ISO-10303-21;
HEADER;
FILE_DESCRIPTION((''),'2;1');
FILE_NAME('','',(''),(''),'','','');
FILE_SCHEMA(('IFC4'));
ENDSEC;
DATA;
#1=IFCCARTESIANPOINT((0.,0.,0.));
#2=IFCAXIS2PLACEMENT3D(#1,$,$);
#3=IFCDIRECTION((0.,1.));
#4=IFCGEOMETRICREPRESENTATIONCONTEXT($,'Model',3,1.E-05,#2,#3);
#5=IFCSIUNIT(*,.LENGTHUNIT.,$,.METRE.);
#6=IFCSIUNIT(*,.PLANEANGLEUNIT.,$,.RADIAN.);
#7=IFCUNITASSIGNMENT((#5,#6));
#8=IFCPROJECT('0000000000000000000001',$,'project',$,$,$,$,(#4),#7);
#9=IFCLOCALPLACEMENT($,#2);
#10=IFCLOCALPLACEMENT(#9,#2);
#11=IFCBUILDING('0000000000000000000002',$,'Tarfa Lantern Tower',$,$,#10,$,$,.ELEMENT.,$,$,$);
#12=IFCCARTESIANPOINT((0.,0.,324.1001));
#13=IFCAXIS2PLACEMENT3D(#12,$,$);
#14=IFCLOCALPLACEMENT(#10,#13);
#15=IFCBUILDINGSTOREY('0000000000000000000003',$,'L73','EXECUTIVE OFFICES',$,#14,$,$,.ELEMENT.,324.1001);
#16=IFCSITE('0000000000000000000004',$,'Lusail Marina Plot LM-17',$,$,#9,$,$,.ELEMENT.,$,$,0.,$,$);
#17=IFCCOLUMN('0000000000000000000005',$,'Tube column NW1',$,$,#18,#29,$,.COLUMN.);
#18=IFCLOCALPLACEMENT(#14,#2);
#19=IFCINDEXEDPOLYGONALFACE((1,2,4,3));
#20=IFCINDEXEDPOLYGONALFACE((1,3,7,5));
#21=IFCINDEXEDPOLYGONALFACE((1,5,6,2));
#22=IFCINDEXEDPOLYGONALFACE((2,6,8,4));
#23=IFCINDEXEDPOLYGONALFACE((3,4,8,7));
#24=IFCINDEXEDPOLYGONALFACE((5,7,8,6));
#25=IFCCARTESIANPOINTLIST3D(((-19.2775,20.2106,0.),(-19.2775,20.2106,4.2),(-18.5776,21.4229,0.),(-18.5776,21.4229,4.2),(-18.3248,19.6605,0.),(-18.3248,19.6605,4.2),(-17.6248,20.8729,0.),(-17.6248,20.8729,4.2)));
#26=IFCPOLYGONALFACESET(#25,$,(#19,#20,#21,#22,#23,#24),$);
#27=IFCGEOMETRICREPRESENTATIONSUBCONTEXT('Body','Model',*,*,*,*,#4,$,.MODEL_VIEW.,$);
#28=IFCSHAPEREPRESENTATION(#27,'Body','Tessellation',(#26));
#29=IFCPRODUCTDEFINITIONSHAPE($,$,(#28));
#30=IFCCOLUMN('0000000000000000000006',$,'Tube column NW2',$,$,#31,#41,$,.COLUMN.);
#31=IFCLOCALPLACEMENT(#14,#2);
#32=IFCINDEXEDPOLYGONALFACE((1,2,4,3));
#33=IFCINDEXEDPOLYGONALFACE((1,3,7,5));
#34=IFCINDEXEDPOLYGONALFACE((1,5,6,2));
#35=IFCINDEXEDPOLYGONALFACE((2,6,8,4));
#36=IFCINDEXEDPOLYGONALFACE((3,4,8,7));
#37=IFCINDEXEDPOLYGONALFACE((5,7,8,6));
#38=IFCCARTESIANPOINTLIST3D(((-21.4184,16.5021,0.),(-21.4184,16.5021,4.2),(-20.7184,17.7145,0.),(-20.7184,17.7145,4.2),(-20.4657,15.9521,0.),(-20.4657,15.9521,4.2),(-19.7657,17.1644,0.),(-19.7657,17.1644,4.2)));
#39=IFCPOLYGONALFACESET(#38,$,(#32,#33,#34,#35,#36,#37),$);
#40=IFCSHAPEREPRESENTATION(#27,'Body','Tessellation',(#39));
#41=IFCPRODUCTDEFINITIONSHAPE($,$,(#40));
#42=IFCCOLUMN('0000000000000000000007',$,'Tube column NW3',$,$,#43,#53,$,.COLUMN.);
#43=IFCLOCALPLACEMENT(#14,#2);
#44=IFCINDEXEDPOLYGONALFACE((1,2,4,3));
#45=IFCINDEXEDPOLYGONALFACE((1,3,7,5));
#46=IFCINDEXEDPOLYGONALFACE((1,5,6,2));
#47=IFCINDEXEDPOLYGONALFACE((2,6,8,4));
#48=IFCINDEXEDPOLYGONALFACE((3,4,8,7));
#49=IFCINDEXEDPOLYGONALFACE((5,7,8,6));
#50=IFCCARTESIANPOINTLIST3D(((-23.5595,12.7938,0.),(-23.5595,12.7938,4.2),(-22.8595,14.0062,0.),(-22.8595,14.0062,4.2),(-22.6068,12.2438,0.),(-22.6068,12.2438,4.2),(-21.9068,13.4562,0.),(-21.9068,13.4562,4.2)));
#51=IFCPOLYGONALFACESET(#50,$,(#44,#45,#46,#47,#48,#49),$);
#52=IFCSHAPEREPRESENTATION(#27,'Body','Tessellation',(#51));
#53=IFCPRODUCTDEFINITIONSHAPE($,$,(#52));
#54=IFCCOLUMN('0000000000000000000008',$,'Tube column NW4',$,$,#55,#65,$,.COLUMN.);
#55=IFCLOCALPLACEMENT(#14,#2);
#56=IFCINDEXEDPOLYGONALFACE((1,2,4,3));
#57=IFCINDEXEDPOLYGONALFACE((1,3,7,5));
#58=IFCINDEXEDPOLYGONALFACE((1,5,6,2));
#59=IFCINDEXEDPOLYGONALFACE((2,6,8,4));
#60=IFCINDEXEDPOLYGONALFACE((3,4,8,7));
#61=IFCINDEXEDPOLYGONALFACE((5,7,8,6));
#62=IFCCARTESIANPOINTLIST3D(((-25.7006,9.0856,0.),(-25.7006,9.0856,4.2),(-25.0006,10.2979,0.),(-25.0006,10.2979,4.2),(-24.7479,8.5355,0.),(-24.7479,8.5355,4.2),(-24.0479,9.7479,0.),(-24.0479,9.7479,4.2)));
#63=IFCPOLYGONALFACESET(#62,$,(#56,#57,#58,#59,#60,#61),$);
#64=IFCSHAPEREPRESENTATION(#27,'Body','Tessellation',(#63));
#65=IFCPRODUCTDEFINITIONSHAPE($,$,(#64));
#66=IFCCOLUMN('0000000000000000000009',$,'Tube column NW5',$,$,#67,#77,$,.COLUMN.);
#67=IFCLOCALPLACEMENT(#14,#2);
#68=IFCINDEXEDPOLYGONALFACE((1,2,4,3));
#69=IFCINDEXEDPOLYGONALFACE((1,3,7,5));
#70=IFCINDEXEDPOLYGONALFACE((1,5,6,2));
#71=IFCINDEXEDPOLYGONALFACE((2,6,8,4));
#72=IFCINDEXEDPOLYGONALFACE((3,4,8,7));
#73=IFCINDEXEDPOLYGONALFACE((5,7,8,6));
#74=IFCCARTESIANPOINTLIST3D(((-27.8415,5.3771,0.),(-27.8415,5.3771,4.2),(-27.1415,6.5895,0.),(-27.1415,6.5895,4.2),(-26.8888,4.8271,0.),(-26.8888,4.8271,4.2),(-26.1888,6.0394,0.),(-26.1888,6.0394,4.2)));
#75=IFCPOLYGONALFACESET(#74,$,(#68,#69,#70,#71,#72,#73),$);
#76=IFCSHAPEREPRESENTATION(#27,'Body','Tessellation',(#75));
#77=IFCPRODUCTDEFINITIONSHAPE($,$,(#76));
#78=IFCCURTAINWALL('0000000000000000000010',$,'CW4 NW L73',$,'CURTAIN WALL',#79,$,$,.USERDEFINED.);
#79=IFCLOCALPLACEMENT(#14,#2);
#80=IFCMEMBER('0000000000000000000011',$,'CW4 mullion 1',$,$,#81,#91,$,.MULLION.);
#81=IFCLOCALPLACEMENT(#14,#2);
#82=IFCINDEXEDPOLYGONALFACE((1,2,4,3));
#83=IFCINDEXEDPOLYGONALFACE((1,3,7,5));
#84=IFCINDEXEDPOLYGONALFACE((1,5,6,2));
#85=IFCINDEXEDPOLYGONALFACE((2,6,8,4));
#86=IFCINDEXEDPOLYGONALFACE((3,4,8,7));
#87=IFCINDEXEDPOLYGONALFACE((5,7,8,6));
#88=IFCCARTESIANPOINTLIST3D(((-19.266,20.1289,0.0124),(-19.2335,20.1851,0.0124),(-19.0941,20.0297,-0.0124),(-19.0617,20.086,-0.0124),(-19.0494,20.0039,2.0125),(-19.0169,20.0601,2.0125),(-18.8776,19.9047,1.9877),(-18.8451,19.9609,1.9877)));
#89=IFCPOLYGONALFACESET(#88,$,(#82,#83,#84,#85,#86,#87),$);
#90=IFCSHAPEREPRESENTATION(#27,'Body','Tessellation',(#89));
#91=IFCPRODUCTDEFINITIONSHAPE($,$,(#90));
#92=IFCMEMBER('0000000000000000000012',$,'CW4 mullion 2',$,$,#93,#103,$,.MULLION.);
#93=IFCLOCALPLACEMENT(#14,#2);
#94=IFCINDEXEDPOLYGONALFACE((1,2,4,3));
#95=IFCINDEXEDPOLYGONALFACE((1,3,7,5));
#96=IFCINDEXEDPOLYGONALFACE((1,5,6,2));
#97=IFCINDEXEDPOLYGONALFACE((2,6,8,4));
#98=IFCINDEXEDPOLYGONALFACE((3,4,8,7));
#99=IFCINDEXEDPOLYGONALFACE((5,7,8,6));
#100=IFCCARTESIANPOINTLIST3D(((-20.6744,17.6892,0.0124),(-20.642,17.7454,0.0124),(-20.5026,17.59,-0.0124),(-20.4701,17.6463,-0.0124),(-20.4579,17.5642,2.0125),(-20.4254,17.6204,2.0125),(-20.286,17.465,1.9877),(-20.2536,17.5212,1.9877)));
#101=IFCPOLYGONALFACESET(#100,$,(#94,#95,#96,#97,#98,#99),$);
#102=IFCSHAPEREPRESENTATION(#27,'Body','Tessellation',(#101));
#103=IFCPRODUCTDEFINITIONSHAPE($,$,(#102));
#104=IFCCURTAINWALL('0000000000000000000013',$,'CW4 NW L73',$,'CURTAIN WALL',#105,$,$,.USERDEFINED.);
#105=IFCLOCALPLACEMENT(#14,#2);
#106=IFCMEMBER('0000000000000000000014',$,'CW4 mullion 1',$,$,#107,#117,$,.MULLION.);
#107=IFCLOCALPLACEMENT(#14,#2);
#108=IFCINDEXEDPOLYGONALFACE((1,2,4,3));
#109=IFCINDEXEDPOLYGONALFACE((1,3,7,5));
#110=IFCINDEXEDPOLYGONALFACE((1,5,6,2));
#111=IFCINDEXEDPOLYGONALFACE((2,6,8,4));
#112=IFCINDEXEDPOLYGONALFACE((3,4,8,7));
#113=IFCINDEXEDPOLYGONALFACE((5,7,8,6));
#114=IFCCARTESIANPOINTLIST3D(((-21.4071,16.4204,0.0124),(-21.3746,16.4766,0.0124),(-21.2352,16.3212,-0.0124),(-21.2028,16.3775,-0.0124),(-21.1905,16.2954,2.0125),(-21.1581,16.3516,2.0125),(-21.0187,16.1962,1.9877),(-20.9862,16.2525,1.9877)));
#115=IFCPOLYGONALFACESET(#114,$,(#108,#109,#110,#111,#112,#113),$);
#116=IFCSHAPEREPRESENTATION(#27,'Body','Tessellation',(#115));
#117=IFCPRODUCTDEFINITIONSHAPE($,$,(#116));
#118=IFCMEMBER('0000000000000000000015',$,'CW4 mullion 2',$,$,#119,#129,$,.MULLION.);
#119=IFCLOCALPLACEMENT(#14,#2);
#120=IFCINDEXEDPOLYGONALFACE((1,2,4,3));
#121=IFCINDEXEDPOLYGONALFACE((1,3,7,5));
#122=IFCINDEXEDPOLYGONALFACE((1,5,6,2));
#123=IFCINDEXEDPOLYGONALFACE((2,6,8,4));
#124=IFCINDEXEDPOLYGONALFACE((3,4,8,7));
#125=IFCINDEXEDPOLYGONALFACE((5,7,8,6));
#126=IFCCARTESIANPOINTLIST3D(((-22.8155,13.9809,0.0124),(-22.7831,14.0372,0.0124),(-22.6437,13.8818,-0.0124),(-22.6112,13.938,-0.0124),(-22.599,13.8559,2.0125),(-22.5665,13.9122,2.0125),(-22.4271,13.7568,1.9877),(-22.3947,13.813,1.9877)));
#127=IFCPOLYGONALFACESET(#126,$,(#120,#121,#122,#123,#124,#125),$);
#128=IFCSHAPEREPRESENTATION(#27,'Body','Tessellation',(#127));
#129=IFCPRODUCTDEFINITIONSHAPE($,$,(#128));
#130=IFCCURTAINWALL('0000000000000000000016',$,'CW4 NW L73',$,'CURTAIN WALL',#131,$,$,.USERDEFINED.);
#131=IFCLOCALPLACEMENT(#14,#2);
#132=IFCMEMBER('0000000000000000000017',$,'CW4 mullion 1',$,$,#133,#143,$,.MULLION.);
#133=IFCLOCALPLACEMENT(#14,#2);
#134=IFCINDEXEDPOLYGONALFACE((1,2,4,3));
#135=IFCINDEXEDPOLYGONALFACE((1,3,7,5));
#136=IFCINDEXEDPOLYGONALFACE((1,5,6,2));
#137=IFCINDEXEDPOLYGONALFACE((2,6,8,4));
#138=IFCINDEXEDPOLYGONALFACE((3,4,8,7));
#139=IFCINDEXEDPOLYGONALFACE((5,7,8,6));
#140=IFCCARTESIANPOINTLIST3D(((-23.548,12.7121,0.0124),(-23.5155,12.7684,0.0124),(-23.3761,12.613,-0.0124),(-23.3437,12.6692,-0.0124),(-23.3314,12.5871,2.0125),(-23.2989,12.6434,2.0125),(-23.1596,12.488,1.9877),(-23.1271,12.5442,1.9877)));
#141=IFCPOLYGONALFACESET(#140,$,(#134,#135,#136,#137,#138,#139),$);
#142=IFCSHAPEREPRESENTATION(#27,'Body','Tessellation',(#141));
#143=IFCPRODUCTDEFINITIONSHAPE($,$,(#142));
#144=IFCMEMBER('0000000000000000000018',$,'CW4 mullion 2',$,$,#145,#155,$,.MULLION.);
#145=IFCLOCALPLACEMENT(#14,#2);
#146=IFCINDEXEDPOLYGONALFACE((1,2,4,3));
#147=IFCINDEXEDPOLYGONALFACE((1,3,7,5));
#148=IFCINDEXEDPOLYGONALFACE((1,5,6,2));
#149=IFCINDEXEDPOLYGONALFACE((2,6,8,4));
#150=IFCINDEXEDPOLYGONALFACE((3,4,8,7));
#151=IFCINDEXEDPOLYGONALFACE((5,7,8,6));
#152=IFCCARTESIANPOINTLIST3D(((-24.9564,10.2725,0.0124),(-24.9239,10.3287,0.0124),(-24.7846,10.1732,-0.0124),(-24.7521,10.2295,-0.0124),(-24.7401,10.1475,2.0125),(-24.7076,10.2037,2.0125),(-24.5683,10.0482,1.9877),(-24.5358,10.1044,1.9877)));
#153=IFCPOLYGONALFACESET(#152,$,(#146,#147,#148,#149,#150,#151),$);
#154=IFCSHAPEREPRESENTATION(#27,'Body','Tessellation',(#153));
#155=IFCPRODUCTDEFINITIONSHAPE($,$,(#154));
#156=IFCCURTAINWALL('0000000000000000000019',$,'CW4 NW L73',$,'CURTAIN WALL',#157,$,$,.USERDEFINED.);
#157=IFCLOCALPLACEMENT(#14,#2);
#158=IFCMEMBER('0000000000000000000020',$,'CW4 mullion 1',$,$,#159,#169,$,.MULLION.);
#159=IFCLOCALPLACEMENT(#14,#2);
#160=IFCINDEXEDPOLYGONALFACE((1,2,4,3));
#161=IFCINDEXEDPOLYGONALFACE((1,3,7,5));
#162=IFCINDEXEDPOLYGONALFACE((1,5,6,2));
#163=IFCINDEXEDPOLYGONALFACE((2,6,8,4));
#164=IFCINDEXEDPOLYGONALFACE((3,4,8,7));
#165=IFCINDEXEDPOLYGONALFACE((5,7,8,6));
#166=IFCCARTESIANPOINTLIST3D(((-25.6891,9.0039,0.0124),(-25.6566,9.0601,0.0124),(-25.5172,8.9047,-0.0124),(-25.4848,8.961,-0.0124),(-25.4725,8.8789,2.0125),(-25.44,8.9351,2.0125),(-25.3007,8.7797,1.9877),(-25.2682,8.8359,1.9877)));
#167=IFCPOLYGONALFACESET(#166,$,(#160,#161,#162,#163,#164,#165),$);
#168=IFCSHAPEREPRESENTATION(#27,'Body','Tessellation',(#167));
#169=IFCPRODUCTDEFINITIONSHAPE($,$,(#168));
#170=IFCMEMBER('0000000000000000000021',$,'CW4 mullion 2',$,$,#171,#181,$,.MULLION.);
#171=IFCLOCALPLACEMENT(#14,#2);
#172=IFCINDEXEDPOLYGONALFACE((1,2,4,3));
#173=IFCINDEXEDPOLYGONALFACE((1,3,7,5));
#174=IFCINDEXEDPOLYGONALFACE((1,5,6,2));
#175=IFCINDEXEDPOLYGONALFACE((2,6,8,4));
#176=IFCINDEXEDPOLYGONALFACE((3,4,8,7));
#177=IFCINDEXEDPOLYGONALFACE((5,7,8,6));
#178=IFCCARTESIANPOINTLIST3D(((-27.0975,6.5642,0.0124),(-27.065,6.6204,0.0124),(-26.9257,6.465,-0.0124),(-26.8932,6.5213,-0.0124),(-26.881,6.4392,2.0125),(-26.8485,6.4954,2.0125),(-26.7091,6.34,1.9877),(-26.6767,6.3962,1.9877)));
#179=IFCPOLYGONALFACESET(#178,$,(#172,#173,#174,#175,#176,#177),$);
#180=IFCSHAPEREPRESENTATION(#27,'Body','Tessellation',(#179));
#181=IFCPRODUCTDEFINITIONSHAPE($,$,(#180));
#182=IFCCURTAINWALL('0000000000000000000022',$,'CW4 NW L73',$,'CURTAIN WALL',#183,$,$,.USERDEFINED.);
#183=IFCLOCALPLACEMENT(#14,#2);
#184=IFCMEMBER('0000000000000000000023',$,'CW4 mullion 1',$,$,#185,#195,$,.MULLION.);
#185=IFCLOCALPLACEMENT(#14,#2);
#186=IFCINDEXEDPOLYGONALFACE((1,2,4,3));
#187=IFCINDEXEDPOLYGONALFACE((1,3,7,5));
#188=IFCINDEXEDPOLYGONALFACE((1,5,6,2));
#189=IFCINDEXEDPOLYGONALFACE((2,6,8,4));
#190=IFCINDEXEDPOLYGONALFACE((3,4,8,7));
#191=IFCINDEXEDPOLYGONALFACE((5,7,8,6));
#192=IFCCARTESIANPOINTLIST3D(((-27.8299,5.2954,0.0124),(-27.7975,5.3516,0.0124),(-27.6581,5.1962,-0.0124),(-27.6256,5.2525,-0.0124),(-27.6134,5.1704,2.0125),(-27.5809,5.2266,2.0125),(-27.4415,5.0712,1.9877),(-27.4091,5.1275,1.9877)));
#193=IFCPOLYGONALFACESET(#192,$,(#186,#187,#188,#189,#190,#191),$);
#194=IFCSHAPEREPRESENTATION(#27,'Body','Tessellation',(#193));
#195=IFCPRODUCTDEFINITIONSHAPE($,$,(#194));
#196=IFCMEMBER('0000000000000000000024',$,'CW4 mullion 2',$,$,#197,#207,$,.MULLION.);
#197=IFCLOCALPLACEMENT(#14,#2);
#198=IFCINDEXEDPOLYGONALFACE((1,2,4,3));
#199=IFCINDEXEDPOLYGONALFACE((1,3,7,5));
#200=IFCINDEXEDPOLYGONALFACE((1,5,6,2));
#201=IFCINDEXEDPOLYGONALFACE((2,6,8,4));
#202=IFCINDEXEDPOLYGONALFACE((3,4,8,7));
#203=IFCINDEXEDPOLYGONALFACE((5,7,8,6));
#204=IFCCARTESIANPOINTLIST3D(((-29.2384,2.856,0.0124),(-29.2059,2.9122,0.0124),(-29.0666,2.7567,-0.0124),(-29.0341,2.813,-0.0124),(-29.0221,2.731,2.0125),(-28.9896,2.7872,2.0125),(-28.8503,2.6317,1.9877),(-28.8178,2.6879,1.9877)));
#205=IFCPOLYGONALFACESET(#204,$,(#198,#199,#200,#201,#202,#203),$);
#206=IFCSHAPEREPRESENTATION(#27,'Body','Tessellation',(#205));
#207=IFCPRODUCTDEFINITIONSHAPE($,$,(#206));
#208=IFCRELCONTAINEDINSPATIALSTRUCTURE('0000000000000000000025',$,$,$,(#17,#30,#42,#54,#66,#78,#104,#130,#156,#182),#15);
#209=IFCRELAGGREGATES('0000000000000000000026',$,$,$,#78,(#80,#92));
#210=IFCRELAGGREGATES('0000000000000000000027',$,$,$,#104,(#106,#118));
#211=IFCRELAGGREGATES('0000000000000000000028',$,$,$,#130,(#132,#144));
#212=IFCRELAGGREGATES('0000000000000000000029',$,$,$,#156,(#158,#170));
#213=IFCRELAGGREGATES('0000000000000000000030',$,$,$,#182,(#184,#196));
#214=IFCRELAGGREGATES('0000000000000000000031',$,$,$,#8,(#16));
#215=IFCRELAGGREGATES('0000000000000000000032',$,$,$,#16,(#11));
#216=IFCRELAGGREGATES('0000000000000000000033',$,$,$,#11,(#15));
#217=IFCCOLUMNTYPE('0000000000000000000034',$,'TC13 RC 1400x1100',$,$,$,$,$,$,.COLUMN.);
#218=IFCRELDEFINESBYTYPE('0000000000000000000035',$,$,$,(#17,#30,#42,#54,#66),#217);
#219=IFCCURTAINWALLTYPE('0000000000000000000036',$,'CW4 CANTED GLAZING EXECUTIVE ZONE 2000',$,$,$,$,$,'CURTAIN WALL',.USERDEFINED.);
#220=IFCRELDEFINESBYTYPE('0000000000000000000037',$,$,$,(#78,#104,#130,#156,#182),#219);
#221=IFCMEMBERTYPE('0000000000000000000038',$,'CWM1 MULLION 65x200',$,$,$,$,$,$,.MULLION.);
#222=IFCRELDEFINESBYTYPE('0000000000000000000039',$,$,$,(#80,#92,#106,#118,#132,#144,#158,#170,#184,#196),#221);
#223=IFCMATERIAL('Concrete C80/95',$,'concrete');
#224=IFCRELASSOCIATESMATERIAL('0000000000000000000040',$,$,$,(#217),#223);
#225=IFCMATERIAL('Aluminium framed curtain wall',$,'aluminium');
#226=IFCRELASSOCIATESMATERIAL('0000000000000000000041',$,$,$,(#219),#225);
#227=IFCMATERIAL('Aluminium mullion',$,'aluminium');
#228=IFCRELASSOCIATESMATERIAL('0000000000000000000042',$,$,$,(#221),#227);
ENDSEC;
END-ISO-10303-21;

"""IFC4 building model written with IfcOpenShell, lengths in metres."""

from ifc_helpers import new_model, si_unit, direction, frame, origin, origin_2d, place, context, subcontext, project, spatial, rectangle, extrude, material, material_profile, profile_set, type_object, element, aggregate, save


model = new_model("IFC4")

# Units and contexts
model_context = context("Model", 3, precision=1e-05, world=origin(), true_north=direction((0.0, 1.0)))
body_context = subcontext(model_context, "Body", "Model", "MODEL_VIEW")
ifc_project = project(units=[si_unit("LENGTHUNIT", "METRE"), si_unit("PLANEANGLEUNIT", "RADIAN")], contexts=[model_context])

# Site, building, storey
site_placement = place(None, origin())
site = spatial("IfcSite", under=ifc_project, at=site_placement, Name="Lusail Marina Plot LM-17", CompositionType="ELEMENT", RefElevation=0.0)
building_placement = place(site_placement, origin())
building = spatial("IfcBuilding", under=site, at=building_placement, Name="Tarfa Lantern Tower", CompositionType="ELEMENT")
storey_placement = place(building_placement, frame((0.0, 0.0, 324.1001)))
storey = spatial("IfcBuildingStorey", under=building, at=storey_placement, Name="L73", Description="EXECUTIVE OFFICES", CompositionType="ELEMENT", Elevation=324.1001)

# Columns
ifc_material_1 = material(Name="Concrete C80/95", Category="concrete")
ifc_material_profile_1 = material_profile(ifc_material_1, rectangle(XDim=1.3999, YDim=1.1001, at=origin_2d()), Name="RC 1400x1100")
ifc_profile_set_1 = profile_set([ifc_material_profile_1], Name="Concrete C80/95")
column_type = type_object("IfcColumnType", Name="TC13 RC 1400x1100", PredefinedType="COLUMN", material=ifc_profile_set_1)
for number, where, z_axis, x_axis, name in (
    (1, (-18.4512, 20.5417, 0.0), (0.0, 0.0, 1.0), (-0.5, -0.866025, 0.0), "Tube column NW1"),
    (2, (-20.592, 16.8333, 0.0), (0.0, 0.0, 1.0), (-0.5, -0.866025, 0.0), "Tube column NW2"),
    (3, (-22.7332, 13.125, 0.0), (0.0, 0.0, 1.0), (-0.5, -0.866025, 0.0), "Tube column NW3"),
    (4, (-24.8743, 9.4167, 0.0), (0.0, 0.0, 1.0), (-0.5, -0.866025, 0.0), "Tube column NW4"),
    (5, (-27.0151, 5.7083, 0.0), (0.0, 0.0, 1.0), (-0.5, -0.866025, 0.0), "Tube column NW5"),
):
    element("IfcColumn", number, at=place(storey_placement, frame(where, z_axis=z_axis, x_axis=x_axis)), inside=storey, type_object=column_type, Name=name, PredefinedType="COLUMN", context=body_context, shape_type="SweptSolid", body=[
        extrude(rectangle(XDim=1.3999, YDim=1.1001, at=origin_2d()), origin(), (0.0, 0.0, 1.0), 4.2),
    ])

# Curtain walls, members
ifc_material_2 = material(Name="Aluminium framed curtain wall", Category="aluminium")
curtain_wall_type = type_object("IfcCurtainWallType", Name="CW4 CANTED GLAZING EXECUTIVE ZONE 2000", ElementType="CURTAIN WALL", PredefinedType="USERDEFINED", material=ifc_material_2)
curtain_wall_1_placement = place(storey_placement, origin())
curtain_wall_1 = element("IfcCurtainWall", 6, at=curtain_wall_1_placement, inside=storey, type_object=curtain_wall_type, Name="CW4 NW L73", ObjectType="CURTAIN WALL", PredefinedType="USERDEFINED")
ifc_material_3 = material(Name="Aluminium mullion", Category="aluminium")
ifc_material_profile_2 = material_profile(ifc_material_3, rectangle(XDim=0.0649, YDim=0.2, at=origin_2d()), Name="AL MULLION 65x200")
ifc_profile_set_2 = profile_set([ifc_material_profile_2], Name="Aluminium mullion")
member_type_1 = type_object("IfcMemberType", Name="CWM1 MULLION 65x200", PredefinedType="MULLION", material=ifc_profile_set_2)
member_1_placement = place(storey_placement, frame((-19.1638, 20.1074, 0.0), z_axis=(0.10744, -0.062017, 0.992275), x_axis=(0.49992, 0.866072, 0.0)))
member_1 = element("IfcMember", 7, at=member_1_placement, type_object=member_type_1, Name="CW4 mullion 1", PredefinedType="MULLION", context=body_context, shape_type="SweptSolid", body=[
    extrude(rectangle(XDim=0.0649, YDim=0.2, at=origin_2d()), origin(), (0.0, 0.0, 1.0), 2.0156),
])
member_2_placement = place(storey_placement, frame((-20.5723, 17.6677, 0.0), z_axis=(0.10744, -0.062017, 0.992275), x_axis=(0.49992, 0.866072, 0.0)))
member_2 = element("IfcMember", 8, at=member_2_placement, type_object=member_type_1, Name="CW4 mullion 2", PredefinedType="MULLION", context=body_context, shape_type="SweptSolid", body=[
    extrude(rectangle(XDim=0.0649, YDim=0.2, at=origin_2d()), origin(), (0.0, 0.0, 1.0), 2.0156),
])
curtain_wall_2_placement = place(storey_placement, origin())
curtain_wall_2 = element("IfcCurtainWall", 9, at=curtain_wall_2_placement, inside=storey, type_object=curtain_wall_type, Name="CW4 NW L73", ObjectType="CURTAIN WALL", PredefinedType="USERDEFINED")
member_3_placement = place(storey_placement, frame((-21.3049, 16.3989, 0.0), z_axis=(0.10744, -0.062017, 0.992275), x_axis=(0.49992, 0.866072, 0.0)))
member_3 = element("IfcMember", 10, at=member_3_placement, type_object=member_type_1, Name="CW4 mullion 1", PredefinedType="MULLION", context=body_context, shape_type="SweptSolid", body=[
    extrude(rectangle(XDim=0.0649, YDim=0.2, at=origin_2d()), origin(), (0.0, 0.0, 1.0), 2.0156),
])
member_4_placement = place(storey_placement, frame((-22.7134, 13.9595, 0.0), z_axis=(0.10744, -0.062017, 0.992275), x_axis=(0.49992, 0.866072, 0.0)))
member_4 = element("IfcMember", 11, at=member_4_placement, type_object=member_type_1, Name="CW4 mullion 2", PredefinedType="MULLION", context=body_context, shape_type="SweptSolid", body=[
    extrude(rectangle(XDim=0.0649, YDim=0.2, at=origin_2d()), origin(), (0.0, 0.0, 1.0), 2.0156),
])
curtain_wall_3_placement = place(storey_placement, origin())
curtain_wall_3 = element("IfcCurtainWall", 12, at=curtain_wall_3_placement, inside=storey, type_object=curtain_wall_type, Name="CW4 NW L73", ObjectType="CURTAIN WALL", PredefinedType="USERDEFINED")
member_5_placement = place(storey_placement, frame((-23.4458, 12.6907, 0.0), z_axis=(0.10744, -0.062017, 0.992275), x_axis=(0.49992, 0.866072, 0.0)))
member_5 = element("IfcMember", 13, at=member_5_placement, type_object=member_type_1, Name="CW4 mullion 1", PredefinedType="MULLION", context=body_context, shape_type="SweptSolid", body=[
    extrude(rectangle(XDim=0.0649, YDim=0.2, at=origin_2d()), origin(), (0.0, 0.0, 1.0), 2.0156),
])
member_6_placement = place(storey_placement, frame((-24.8542, 10.251, 0.0), z_axis=(0.10732, -0.062018, 0.992288), x_axis=(0.500343, 0.865827, 0.0)))
member_6 = element("IfcMember", 14, at=member_6_placement, type_object=member_type_1, Name="CW4 mullion 2", PredefinedType="MULLION", context=body_context, shape_type="SweptSolid", body=[
    extrude(rectangle(XDim=0.0649, YDim=0.2, at=origin_2d()), origin(), (0.0, 0.0, 1.0), 2.0156),
])
curtain_wall_4_placement = place(storey_placement, origin())
curtain_wall_4 = element("IfcCurtainWall", 15, at=curtain_wall_4_placement, inside=storey, type_object=curtain_wall_type, Name="CW4 NW L73", ObjectType="CURTAIN WALL", PredefinedType="USERDEFINED")
member_7_placement = place(storey_placement, frame((-25.5869, 8.9824, 0.0), z_axis=(0.10744, -0.062017, 0.992275), x_axis=(0.49992, 0.866072, 0.0)))
member_7 = element("IfcMember", 16, at=member_7_placement, type_object=member_type_1, Name="CW4 mullion 1", PredefinedType="MULLION", context=body_context, shape_type="SweptSolid", body=[
    extrude(rectangle(XDim=0.0649, YDim=0.2, at=origin_2d()), origin(), (0.0, 0.0, 1.0), 2.0156),
])
member_8_placement = place(storey_placement, frame((-26.9954, 6.5427, 0.0), z_axis=(0.10744, -0.062017, 0.992275), x_axis=(0.49992, 0.866072, 0.0)))
member_8 = element("IfcMember", 17, at=member_8_placement, type_object=member_type_1, Name="CW4 mullion 2", PredefinedType="MULLION", context=body_context, shape_type="SweptSolid", body=[
    extrude(rectangle(XDim=0.0649, YDim=0.2, at=origin_2d()), origin(), (0.0, 0.0, 1.0), 2.0156),
])
curtain_wall_5_placement = place(storey_placement, origin())
curtain_wall_5 = element("IfcCurtainWall", 18, at=curtain_wall_5_placement, inside=storey, type_object=curtain_wall_type, Name="CW4 NW L73", ObjectType="CURTAIN WALL", PredefinedType="USERDEFINED")
member_9_placement = place(storey_placement, frame((-27.7278, 5.2739, 0.0), z_axis=(0.10744, -0.062017, 0.992275), x_axis=(0.49992, 0.866072, 0.0)))
member_9 = element("IfcMember", 19, at=member_9_placement, type_object=member_type_1, Name="CW4 mullion 1", PredefinedType="MULLION", context=body_context, shape_type="SweptSolid", body=[
    extrude(rectangle(XDim=0.0649, YDim=0.2, at=origin_2d()), origin(), (0.0, 0.0, 1.0), 2.0156),
])
member_10_placement = place(storey_placement, frame((-29.1362, 2.8345, 0.0), z_axis=(0.10732, -0.062018, 0.992288), x_axis=(0.500343, 0.865827, 0.0)))
member_10 = element("IfcMember", 20, at=member_10_placement, type_object=member_type_1, Name="CW4 mullion 2", PredefinedType="MULLION", context=body_context, shape_type="SweptSolid", body=[
    extrude(rectangle(XDim=0.0649, YDim=0.2, at=origin_2d()), origin(), (0.0, 0.0, 1.0), 2.0156),
])

aggregate(curtain_wall_1, [member_1, member_2])
aggregate(curtain_wall_2, [member_3, member_4])
aggregate(curtain_wall_3, [member_5, member_6])
aggregate(curtain_wall_4, [member_7, member_8])
aggregate(curtain_wall_5, [member_9, member_10])

save(model, "model.ifc")
